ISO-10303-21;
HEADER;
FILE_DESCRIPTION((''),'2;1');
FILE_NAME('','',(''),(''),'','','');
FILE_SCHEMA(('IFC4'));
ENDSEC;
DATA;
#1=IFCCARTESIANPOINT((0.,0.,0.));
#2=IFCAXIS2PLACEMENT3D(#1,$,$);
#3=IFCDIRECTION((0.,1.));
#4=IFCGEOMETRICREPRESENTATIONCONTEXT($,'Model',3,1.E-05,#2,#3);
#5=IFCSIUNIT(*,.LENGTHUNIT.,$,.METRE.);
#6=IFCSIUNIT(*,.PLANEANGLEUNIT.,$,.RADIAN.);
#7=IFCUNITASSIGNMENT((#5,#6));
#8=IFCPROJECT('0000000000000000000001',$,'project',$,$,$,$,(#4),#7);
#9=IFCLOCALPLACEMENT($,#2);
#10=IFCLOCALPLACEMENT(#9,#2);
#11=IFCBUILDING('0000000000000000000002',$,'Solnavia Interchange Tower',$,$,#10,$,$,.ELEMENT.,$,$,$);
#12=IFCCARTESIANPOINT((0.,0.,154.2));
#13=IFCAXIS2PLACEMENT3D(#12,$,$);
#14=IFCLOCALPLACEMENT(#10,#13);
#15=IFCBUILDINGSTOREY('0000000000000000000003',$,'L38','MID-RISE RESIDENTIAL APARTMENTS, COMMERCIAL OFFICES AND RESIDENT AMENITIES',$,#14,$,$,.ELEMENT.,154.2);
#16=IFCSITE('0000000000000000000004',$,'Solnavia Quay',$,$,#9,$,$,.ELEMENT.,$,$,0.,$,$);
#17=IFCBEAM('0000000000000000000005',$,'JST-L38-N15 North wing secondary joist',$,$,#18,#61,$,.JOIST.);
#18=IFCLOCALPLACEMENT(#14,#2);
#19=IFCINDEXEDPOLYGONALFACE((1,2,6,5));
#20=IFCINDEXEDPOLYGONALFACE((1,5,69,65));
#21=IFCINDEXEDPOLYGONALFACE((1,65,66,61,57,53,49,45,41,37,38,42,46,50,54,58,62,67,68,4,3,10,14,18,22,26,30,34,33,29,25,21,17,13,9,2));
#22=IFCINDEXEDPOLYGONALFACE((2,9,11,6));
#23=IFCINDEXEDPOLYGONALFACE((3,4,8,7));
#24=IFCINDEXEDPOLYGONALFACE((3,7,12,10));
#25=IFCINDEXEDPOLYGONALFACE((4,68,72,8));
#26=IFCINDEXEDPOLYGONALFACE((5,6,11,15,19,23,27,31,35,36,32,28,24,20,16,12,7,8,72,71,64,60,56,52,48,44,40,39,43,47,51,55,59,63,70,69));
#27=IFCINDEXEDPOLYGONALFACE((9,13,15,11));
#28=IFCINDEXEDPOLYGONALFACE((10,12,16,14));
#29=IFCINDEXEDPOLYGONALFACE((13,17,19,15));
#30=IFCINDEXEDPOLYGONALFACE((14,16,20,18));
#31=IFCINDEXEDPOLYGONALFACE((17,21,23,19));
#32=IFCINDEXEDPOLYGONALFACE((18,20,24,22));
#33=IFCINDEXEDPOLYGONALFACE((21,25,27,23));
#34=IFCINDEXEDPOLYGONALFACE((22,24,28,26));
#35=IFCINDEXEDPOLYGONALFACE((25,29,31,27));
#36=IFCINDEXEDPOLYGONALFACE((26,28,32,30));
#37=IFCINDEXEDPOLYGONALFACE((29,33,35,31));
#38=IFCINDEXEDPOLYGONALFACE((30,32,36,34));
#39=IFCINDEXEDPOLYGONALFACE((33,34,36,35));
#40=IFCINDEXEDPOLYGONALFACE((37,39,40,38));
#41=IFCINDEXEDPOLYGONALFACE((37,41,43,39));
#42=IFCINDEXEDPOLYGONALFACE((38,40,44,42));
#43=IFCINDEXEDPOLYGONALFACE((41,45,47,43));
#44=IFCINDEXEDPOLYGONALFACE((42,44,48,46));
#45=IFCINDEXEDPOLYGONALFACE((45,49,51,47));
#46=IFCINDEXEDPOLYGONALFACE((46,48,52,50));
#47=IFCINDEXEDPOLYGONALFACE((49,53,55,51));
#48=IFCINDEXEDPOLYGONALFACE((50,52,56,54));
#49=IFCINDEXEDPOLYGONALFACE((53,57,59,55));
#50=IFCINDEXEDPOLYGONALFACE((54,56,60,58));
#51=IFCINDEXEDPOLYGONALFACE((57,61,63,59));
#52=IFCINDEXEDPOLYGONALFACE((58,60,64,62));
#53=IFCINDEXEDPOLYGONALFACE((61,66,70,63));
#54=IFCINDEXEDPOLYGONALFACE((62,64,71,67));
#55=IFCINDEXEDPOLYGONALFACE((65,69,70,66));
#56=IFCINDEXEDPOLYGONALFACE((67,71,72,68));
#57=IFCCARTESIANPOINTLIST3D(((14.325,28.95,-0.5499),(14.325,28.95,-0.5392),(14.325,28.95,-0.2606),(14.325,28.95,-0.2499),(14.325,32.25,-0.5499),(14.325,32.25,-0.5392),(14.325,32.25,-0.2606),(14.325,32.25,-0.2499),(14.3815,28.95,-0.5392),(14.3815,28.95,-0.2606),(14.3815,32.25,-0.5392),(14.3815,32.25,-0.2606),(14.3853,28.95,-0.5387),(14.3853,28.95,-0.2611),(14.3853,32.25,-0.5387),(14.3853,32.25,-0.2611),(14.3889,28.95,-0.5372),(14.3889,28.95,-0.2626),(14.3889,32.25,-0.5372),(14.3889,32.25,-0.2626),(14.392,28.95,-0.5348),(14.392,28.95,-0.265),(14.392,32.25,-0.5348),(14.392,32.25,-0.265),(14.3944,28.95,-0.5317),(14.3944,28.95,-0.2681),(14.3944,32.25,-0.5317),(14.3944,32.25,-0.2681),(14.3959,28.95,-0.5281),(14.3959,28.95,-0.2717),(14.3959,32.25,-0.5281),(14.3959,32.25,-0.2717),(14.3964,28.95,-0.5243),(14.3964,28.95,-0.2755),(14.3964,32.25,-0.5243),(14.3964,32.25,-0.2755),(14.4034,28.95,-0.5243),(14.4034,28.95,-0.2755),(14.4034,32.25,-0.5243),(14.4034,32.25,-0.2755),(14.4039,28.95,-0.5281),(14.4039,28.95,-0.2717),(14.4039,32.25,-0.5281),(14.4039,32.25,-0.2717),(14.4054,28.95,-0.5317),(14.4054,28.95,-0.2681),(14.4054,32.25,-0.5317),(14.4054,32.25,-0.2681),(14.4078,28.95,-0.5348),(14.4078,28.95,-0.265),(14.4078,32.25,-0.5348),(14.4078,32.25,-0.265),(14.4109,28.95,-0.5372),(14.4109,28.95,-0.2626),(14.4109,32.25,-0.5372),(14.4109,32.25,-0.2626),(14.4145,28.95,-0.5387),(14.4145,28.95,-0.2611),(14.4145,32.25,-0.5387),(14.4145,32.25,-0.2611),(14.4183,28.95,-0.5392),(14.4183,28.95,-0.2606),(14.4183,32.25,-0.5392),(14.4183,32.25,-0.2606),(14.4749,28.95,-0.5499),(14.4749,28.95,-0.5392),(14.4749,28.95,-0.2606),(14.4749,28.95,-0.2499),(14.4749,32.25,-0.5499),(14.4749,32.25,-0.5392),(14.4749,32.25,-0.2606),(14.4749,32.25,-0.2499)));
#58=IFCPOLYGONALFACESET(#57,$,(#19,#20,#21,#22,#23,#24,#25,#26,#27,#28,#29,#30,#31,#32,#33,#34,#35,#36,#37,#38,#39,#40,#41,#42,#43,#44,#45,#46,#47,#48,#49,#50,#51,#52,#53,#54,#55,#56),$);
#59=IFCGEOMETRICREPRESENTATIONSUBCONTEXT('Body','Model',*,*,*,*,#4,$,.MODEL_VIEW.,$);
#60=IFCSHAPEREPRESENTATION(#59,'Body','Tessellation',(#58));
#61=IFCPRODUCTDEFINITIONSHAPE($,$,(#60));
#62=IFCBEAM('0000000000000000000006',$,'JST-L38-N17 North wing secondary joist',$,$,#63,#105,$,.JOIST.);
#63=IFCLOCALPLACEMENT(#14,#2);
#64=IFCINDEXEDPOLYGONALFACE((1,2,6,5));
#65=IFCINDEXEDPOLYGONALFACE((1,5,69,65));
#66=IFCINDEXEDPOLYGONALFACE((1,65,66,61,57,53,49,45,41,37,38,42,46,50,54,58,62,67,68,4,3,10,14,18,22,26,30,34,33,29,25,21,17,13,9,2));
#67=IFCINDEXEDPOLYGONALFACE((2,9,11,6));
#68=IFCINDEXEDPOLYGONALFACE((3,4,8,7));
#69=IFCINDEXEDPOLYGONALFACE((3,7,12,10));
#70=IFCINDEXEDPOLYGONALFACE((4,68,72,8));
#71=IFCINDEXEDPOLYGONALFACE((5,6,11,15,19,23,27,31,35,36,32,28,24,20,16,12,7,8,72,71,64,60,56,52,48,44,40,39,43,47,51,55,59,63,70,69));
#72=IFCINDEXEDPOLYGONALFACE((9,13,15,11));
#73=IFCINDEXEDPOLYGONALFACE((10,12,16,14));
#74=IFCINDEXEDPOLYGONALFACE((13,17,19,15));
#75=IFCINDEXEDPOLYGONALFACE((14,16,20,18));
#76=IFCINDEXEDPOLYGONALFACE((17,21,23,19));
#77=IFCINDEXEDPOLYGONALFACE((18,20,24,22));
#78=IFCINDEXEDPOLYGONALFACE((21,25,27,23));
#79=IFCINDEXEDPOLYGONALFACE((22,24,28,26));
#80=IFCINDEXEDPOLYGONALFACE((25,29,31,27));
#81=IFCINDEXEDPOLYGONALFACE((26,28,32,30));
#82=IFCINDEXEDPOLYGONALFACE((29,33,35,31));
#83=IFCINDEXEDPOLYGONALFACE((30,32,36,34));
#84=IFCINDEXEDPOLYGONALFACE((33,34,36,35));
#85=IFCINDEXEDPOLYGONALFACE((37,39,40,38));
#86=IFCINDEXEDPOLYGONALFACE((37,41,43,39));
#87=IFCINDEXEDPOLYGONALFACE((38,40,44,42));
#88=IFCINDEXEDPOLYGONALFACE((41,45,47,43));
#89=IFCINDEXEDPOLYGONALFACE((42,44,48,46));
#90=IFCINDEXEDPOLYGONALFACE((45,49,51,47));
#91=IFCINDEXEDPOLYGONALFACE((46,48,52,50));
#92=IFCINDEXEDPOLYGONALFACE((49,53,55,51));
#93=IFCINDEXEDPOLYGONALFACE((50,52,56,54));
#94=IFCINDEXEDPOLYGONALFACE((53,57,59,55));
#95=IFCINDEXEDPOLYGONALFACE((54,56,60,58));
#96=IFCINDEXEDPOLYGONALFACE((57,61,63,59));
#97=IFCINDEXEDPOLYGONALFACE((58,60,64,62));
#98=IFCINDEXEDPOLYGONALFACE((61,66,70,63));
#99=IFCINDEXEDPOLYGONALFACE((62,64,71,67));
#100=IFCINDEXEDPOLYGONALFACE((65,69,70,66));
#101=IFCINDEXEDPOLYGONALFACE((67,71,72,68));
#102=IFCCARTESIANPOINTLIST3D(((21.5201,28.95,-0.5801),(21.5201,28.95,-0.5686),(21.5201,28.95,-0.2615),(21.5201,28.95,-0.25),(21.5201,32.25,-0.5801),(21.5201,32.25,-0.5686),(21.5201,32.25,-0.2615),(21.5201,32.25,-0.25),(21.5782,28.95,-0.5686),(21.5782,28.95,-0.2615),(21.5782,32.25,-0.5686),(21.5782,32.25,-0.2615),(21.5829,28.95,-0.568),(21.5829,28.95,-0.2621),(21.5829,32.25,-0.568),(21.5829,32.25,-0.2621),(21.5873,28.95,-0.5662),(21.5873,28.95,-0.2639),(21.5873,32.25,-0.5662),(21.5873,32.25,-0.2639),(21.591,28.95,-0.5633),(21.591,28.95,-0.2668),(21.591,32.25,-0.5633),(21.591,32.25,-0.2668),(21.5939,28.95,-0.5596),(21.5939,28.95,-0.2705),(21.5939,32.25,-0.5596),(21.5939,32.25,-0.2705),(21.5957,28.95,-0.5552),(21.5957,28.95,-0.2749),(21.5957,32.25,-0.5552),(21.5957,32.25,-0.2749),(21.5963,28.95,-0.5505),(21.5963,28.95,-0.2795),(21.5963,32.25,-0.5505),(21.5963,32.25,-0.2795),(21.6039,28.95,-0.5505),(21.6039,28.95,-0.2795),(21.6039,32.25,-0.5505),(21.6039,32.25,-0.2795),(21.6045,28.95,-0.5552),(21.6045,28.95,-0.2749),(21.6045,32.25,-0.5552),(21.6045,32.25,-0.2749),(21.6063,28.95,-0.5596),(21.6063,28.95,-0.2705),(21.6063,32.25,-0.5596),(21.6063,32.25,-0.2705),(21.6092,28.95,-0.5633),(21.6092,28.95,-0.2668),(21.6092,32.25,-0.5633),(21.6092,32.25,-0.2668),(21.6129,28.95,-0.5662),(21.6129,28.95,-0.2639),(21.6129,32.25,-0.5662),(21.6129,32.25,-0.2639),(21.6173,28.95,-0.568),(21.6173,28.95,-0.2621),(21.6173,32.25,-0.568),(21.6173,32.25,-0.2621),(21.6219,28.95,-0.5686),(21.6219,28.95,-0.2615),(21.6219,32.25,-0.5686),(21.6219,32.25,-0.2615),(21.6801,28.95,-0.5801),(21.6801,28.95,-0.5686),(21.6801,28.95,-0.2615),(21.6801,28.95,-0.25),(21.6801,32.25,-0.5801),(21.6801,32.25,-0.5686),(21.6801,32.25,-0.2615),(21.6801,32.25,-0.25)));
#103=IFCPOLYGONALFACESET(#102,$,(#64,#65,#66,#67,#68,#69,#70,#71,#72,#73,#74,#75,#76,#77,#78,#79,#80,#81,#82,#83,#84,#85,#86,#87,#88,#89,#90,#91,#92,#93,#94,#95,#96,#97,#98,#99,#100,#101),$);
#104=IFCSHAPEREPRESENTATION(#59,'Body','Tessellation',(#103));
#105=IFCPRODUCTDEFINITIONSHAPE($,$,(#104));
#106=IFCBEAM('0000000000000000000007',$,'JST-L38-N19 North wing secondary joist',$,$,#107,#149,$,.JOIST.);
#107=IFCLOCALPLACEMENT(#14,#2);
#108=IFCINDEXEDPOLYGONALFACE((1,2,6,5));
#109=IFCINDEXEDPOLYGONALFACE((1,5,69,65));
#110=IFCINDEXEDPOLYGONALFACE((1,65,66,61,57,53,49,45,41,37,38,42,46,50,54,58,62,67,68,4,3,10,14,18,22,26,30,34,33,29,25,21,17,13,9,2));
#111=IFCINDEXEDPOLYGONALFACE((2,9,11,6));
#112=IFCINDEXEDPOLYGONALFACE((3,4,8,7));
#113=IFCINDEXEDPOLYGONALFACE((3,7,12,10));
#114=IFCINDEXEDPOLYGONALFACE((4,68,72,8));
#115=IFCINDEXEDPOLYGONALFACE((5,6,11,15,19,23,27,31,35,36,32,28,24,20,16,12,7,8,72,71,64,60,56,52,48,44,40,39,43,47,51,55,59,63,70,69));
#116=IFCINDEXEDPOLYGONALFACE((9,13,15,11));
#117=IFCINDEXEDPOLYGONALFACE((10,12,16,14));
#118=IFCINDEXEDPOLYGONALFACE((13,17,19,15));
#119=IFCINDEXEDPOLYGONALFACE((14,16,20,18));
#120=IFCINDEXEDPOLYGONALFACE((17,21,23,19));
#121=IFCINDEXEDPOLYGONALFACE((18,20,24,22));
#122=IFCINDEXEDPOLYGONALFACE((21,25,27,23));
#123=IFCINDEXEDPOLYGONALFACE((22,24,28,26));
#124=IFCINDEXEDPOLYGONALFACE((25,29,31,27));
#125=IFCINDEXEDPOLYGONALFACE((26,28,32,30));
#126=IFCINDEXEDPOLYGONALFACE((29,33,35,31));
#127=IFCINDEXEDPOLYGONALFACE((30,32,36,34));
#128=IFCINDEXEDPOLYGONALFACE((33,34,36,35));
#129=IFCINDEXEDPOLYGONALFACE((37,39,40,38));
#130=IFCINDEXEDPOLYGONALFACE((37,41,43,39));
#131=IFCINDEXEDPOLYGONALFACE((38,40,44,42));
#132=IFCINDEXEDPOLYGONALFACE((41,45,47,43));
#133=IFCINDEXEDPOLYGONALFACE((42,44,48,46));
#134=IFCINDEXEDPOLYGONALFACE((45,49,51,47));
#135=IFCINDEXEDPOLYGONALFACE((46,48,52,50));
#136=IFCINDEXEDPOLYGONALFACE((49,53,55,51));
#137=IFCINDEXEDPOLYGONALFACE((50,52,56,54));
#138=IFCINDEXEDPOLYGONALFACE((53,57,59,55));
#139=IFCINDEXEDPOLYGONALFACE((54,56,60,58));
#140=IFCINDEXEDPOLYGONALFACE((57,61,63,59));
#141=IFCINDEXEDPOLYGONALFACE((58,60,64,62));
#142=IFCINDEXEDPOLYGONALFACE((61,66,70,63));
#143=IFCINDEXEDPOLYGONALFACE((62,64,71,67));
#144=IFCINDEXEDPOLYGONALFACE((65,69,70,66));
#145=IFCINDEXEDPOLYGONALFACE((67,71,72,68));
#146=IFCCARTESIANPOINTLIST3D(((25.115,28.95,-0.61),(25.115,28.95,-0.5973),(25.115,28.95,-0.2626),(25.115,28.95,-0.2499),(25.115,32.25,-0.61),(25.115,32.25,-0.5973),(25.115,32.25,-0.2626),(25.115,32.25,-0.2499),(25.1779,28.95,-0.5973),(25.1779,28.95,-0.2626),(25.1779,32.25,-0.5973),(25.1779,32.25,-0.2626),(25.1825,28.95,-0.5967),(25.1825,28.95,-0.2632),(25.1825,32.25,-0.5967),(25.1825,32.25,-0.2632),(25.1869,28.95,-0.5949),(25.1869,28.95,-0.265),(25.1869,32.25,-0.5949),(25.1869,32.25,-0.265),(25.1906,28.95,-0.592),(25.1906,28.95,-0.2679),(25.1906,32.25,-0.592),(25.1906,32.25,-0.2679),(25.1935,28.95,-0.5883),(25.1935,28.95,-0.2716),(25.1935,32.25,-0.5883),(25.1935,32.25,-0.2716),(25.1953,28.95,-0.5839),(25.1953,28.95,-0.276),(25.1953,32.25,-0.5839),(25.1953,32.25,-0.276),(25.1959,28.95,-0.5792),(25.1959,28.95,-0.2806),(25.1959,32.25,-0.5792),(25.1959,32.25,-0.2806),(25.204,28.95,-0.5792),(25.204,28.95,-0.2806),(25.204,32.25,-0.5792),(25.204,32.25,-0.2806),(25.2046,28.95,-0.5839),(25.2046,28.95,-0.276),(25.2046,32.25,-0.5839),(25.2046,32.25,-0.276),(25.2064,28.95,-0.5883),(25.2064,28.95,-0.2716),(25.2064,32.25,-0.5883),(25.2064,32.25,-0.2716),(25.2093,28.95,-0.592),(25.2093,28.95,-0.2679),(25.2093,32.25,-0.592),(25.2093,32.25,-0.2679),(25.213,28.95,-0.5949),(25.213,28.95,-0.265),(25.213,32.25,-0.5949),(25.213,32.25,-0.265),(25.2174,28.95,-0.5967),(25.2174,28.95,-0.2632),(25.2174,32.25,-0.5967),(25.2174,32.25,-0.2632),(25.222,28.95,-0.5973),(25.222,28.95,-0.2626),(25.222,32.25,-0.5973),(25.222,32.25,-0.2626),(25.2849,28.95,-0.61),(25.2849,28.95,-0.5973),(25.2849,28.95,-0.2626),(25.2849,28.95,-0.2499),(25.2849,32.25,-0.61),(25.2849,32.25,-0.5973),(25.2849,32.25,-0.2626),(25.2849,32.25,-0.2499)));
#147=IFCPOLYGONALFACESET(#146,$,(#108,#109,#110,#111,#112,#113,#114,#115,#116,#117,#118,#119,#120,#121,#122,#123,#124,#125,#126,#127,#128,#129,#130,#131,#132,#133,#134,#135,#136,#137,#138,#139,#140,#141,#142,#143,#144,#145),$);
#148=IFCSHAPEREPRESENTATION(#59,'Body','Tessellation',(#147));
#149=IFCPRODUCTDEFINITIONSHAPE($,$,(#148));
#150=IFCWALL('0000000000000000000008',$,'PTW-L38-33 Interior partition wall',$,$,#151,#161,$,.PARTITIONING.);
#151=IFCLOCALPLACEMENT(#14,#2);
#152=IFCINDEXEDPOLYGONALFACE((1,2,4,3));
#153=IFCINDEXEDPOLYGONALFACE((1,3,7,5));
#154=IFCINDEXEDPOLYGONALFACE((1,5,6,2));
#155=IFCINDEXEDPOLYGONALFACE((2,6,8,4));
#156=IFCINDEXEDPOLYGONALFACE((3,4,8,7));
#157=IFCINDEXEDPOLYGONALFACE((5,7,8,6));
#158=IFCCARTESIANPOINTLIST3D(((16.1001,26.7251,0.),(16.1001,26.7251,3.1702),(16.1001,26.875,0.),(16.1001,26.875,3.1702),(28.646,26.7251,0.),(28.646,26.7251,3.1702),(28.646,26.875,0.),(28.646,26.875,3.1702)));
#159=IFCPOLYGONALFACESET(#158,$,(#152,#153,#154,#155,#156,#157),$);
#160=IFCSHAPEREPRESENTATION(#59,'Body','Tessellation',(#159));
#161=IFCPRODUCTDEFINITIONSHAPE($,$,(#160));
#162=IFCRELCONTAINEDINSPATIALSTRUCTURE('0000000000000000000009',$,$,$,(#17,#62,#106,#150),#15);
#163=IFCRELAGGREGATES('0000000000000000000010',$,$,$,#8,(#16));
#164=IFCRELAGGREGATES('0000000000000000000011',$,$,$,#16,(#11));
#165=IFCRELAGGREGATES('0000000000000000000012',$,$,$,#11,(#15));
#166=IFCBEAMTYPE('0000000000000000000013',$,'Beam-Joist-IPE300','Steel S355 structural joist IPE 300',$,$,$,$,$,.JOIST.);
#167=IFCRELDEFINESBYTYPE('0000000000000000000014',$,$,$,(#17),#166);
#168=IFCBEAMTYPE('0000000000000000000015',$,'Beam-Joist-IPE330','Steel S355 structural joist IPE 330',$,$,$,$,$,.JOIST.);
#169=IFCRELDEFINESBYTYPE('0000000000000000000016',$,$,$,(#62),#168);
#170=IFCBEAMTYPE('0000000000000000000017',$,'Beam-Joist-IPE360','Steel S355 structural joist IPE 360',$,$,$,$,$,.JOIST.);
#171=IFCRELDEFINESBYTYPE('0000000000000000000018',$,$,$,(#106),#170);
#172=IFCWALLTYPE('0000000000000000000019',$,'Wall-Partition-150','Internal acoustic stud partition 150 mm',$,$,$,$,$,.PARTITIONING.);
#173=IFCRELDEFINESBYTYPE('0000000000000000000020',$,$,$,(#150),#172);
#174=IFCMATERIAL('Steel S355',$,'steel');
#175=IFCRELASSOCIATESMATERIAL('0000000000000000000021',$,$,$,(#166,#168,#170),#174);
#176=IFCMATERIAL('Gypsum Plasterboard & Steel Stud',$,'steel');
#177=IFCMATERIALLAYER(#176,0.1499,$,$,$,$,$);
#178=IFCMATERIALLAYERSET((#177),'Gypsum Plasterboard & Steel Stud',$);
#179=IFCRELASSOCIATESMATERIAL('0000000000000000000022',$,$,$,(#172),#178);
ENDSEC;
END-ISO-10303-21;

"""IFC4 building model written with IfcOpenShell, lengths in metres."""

from ifc_helpers import new_model, si_unit, direction, frame, frame_2d, origin, origin_2d, place, context, subcontext, project, spatial, rectangle, i_section, extrude, material, layer, layer_set, material_profile, profile_set, type_object, element, save


model = new_model("IFC4")

# Units and contexts
model_context = context("Model", 3, precision=1e-05, world=origin(), true_north=direction((0.0, 1.0)))
body_context = subcontext(model_context, "Body", "Model", "MODEL_VIEW")
ifc_project = project(units=[si_unit("LENGTHUNIT", "METRE"), si_unit("PLANEANGLEUNIT", "RADIAN")], contexts=[model_context])

# Site, building, storey
site_placement = place(None, origin())
site = spatial("IfcSite", under=ifc_project, at=site_placement, Name="Solnavia Quay", CompositionType="ELEMENT", RefElevation=0.0)
building_placement = place(site_placement, origin())
building = spatial("IfcBuilding", under=site, at=building_placement, Name="Solnavia Interchange Tower", CompositionType="ELEMENT")
storey_placement = place(building_placement, frame((0.0, 0.0, 154.2)))
storey = spatial("IfcBuildingStorey", under=building, at=storey_placement, Name="L38", Description="MID-RISE RESIDENTIAL APARTMENTS, COMMERCIAL OFFICES AND RESIDENT AMENITIES", CompositionType="ELEMENT", Elevation=154.2)

# Shared definitions
ifc_material_1 = material(Name="Steel S355", Category="steel")

# Beams
ifc_material_profile_1 = material_profile(ifc_material_1, i_section(OverallWidth=0.1499, OverallDepth=0.3, WebThickness=0.0071, FlangeThickness=0.0107, FilletRadius=0.0149, at=origin_2d()), Name="IPE 300")
ifc_profile_set_1 = profile_set([ifc_material_profile_1], Name="Steel S355")
beam_type_1 = type_object("IfcBeamType", Name="Beam-Joist-IPE300", Description="Steel S355 structural joist IPE 300", PredefinedType="JOIST", material=ifc_profile_set_1)
beam_1_placement = place(storey_placement, frame((14.3999, 28.95, -0.3999), z_axis=(0.0, 1.0, 0.0), x_axis=(-1.0, 0.0, 0.0)))
element("IfcBeam", 1, at=beam_1_placement, inside=storey, type_object=beam_type_1, Name="JST-L38-N15 North wing secondary joist", PredefinedType="JOIST", context=body_context, shape_type="SweptSolid", body=[
    extrude(i_section(OverallWidth=0.1499, OverallDepth=0.3, WebThickness=0.0071, FlangeThickness=0.0107, FilletRadius=0.0149, at=origin_2d()), origin(), (0.0, 0.0, 1.0), 3.3),
])
ifc_material_profile_2 = material_profile(ifc_material_1, i_section(OverallWidth=0.1599, OverallDepth=0.3301, WebThickness=0.0076, FlangeThickness=0.0115, FilletRadius=0.0181, at=origin_2d()), Name="IPE 330")
ifc_profile_set_2 = profile_set([ifc_material_profile_2], Name="Steel S355")
beam_type_2 = type_object("IfcBeamType", Name="Beam-Joist-IPE330", Description="Steel S355 structural joist IPE 330", PredefinedType="JOIST", material=ifc_profile_set_2)
beam_2_placement = place(storey_placement, frame((21.6001, 28.95, -0.415), z_axis=(0.0, 1.0, 0.0), x_axis=(-1.0, 0.0, 0.0)))
element("IfcBeam", 2, at=beam_2_placement, inside=storey, type_object=beam_type_2, Name="JST-L38-N17 North wing secondary joist", PredefinedType="JOIST", context=body_context, shape_type="SweptSolid", body=[
    extrude(i_section(OverallWidth=0.1599, OverallDepth=0.3301, WebThickness=0.0076, FlangeThickness=0.0115, FilletRadius=0.0181, at=origin_2d()), origin(), (0.0, 0.0, 1.0), 3.3),
])
ifc_material_profile_3 = material_profile(ifc_material_1, i_section(OverallWidth=0.1699, OverallDepth=0.3601, WebThickness=0.0081, FlangeThickness=0.0127, FilletRadius=0.0181, at=origin_2d()), Name="IPE 360")
ifc_profile_set_3 = profile_set([ifc_material_profile_3], Name="Steel S355")
beam_type_3 = type_object("IfcBeamType", Name="Beam-Joist-IPE360", Description="Steel S355 structural joist IPE 360", PredefinedType="JOIST", material=ifc_profile_set_3)
beam_3_placement = place(storey_placement, frame((25.2, 28.95, -0.4299), z_axis=(0.0, 1.0, 0.0), x_axis=(-1.0, 0.0, 0.0)))
element("IfcBeam", 3, at=beam_3_placement, inside=storey, type_object=beam_type_3, Name="JST-L38-N19 North wing secondary joist", PredefinedType="JOIST", context=body_context, shape_type="SweptSolid", body=[
    extrude(i_section(OverallWidth=0.1699, OverallDepth=0.3601, WebThickness=0.0081, FlangeThickness=0.0127, FilletRadius=0.0181, at=origin_2d()), origin(), (0.0, 0.0, 1.0), 3.3),
])

# Wall
ifc_material_2 = material(Name="Gypsum Plasterboard & Steel Stud", Category="steel")
ifc_layer_1 = layer(ifc_material_2, 0.1499)
ifc_layer_set_1 = layer_set([ifc_layer_1], Name="Gypsum Plasterboard & Steel Stud")
wall_type_1 = type_object("IfcWallType", Name="Wall-Partition-150", Description="Internal acoustic stud partition 150 mm", PredefinedType="PARTITIONING", material=ifc_layer_set_1)
wall_1_placement = place(storey_placement, frame((16.1001, 26.8, 0.0), z_axis=(0.0, 0.0, 1.0), x_axis=(1.0, 0.0, 0.0)))
element("IfcWall", 4, at=wall_1_placement, inside=storey, type_object=wall_type_1, Name="PTW-L38-33 Interior partition wall", PredefinedType="PARTITIONING", context=body_context, shape_type="SweptSolid", body=[
    extrude(rectangle(XDim=12.5459, YDim=0.1499, at=frame_2d((6.2729, 0.0))), origin(), (0.0, 0.0, 1.0), 3.1702),
])

save(model, "model.ifc")
